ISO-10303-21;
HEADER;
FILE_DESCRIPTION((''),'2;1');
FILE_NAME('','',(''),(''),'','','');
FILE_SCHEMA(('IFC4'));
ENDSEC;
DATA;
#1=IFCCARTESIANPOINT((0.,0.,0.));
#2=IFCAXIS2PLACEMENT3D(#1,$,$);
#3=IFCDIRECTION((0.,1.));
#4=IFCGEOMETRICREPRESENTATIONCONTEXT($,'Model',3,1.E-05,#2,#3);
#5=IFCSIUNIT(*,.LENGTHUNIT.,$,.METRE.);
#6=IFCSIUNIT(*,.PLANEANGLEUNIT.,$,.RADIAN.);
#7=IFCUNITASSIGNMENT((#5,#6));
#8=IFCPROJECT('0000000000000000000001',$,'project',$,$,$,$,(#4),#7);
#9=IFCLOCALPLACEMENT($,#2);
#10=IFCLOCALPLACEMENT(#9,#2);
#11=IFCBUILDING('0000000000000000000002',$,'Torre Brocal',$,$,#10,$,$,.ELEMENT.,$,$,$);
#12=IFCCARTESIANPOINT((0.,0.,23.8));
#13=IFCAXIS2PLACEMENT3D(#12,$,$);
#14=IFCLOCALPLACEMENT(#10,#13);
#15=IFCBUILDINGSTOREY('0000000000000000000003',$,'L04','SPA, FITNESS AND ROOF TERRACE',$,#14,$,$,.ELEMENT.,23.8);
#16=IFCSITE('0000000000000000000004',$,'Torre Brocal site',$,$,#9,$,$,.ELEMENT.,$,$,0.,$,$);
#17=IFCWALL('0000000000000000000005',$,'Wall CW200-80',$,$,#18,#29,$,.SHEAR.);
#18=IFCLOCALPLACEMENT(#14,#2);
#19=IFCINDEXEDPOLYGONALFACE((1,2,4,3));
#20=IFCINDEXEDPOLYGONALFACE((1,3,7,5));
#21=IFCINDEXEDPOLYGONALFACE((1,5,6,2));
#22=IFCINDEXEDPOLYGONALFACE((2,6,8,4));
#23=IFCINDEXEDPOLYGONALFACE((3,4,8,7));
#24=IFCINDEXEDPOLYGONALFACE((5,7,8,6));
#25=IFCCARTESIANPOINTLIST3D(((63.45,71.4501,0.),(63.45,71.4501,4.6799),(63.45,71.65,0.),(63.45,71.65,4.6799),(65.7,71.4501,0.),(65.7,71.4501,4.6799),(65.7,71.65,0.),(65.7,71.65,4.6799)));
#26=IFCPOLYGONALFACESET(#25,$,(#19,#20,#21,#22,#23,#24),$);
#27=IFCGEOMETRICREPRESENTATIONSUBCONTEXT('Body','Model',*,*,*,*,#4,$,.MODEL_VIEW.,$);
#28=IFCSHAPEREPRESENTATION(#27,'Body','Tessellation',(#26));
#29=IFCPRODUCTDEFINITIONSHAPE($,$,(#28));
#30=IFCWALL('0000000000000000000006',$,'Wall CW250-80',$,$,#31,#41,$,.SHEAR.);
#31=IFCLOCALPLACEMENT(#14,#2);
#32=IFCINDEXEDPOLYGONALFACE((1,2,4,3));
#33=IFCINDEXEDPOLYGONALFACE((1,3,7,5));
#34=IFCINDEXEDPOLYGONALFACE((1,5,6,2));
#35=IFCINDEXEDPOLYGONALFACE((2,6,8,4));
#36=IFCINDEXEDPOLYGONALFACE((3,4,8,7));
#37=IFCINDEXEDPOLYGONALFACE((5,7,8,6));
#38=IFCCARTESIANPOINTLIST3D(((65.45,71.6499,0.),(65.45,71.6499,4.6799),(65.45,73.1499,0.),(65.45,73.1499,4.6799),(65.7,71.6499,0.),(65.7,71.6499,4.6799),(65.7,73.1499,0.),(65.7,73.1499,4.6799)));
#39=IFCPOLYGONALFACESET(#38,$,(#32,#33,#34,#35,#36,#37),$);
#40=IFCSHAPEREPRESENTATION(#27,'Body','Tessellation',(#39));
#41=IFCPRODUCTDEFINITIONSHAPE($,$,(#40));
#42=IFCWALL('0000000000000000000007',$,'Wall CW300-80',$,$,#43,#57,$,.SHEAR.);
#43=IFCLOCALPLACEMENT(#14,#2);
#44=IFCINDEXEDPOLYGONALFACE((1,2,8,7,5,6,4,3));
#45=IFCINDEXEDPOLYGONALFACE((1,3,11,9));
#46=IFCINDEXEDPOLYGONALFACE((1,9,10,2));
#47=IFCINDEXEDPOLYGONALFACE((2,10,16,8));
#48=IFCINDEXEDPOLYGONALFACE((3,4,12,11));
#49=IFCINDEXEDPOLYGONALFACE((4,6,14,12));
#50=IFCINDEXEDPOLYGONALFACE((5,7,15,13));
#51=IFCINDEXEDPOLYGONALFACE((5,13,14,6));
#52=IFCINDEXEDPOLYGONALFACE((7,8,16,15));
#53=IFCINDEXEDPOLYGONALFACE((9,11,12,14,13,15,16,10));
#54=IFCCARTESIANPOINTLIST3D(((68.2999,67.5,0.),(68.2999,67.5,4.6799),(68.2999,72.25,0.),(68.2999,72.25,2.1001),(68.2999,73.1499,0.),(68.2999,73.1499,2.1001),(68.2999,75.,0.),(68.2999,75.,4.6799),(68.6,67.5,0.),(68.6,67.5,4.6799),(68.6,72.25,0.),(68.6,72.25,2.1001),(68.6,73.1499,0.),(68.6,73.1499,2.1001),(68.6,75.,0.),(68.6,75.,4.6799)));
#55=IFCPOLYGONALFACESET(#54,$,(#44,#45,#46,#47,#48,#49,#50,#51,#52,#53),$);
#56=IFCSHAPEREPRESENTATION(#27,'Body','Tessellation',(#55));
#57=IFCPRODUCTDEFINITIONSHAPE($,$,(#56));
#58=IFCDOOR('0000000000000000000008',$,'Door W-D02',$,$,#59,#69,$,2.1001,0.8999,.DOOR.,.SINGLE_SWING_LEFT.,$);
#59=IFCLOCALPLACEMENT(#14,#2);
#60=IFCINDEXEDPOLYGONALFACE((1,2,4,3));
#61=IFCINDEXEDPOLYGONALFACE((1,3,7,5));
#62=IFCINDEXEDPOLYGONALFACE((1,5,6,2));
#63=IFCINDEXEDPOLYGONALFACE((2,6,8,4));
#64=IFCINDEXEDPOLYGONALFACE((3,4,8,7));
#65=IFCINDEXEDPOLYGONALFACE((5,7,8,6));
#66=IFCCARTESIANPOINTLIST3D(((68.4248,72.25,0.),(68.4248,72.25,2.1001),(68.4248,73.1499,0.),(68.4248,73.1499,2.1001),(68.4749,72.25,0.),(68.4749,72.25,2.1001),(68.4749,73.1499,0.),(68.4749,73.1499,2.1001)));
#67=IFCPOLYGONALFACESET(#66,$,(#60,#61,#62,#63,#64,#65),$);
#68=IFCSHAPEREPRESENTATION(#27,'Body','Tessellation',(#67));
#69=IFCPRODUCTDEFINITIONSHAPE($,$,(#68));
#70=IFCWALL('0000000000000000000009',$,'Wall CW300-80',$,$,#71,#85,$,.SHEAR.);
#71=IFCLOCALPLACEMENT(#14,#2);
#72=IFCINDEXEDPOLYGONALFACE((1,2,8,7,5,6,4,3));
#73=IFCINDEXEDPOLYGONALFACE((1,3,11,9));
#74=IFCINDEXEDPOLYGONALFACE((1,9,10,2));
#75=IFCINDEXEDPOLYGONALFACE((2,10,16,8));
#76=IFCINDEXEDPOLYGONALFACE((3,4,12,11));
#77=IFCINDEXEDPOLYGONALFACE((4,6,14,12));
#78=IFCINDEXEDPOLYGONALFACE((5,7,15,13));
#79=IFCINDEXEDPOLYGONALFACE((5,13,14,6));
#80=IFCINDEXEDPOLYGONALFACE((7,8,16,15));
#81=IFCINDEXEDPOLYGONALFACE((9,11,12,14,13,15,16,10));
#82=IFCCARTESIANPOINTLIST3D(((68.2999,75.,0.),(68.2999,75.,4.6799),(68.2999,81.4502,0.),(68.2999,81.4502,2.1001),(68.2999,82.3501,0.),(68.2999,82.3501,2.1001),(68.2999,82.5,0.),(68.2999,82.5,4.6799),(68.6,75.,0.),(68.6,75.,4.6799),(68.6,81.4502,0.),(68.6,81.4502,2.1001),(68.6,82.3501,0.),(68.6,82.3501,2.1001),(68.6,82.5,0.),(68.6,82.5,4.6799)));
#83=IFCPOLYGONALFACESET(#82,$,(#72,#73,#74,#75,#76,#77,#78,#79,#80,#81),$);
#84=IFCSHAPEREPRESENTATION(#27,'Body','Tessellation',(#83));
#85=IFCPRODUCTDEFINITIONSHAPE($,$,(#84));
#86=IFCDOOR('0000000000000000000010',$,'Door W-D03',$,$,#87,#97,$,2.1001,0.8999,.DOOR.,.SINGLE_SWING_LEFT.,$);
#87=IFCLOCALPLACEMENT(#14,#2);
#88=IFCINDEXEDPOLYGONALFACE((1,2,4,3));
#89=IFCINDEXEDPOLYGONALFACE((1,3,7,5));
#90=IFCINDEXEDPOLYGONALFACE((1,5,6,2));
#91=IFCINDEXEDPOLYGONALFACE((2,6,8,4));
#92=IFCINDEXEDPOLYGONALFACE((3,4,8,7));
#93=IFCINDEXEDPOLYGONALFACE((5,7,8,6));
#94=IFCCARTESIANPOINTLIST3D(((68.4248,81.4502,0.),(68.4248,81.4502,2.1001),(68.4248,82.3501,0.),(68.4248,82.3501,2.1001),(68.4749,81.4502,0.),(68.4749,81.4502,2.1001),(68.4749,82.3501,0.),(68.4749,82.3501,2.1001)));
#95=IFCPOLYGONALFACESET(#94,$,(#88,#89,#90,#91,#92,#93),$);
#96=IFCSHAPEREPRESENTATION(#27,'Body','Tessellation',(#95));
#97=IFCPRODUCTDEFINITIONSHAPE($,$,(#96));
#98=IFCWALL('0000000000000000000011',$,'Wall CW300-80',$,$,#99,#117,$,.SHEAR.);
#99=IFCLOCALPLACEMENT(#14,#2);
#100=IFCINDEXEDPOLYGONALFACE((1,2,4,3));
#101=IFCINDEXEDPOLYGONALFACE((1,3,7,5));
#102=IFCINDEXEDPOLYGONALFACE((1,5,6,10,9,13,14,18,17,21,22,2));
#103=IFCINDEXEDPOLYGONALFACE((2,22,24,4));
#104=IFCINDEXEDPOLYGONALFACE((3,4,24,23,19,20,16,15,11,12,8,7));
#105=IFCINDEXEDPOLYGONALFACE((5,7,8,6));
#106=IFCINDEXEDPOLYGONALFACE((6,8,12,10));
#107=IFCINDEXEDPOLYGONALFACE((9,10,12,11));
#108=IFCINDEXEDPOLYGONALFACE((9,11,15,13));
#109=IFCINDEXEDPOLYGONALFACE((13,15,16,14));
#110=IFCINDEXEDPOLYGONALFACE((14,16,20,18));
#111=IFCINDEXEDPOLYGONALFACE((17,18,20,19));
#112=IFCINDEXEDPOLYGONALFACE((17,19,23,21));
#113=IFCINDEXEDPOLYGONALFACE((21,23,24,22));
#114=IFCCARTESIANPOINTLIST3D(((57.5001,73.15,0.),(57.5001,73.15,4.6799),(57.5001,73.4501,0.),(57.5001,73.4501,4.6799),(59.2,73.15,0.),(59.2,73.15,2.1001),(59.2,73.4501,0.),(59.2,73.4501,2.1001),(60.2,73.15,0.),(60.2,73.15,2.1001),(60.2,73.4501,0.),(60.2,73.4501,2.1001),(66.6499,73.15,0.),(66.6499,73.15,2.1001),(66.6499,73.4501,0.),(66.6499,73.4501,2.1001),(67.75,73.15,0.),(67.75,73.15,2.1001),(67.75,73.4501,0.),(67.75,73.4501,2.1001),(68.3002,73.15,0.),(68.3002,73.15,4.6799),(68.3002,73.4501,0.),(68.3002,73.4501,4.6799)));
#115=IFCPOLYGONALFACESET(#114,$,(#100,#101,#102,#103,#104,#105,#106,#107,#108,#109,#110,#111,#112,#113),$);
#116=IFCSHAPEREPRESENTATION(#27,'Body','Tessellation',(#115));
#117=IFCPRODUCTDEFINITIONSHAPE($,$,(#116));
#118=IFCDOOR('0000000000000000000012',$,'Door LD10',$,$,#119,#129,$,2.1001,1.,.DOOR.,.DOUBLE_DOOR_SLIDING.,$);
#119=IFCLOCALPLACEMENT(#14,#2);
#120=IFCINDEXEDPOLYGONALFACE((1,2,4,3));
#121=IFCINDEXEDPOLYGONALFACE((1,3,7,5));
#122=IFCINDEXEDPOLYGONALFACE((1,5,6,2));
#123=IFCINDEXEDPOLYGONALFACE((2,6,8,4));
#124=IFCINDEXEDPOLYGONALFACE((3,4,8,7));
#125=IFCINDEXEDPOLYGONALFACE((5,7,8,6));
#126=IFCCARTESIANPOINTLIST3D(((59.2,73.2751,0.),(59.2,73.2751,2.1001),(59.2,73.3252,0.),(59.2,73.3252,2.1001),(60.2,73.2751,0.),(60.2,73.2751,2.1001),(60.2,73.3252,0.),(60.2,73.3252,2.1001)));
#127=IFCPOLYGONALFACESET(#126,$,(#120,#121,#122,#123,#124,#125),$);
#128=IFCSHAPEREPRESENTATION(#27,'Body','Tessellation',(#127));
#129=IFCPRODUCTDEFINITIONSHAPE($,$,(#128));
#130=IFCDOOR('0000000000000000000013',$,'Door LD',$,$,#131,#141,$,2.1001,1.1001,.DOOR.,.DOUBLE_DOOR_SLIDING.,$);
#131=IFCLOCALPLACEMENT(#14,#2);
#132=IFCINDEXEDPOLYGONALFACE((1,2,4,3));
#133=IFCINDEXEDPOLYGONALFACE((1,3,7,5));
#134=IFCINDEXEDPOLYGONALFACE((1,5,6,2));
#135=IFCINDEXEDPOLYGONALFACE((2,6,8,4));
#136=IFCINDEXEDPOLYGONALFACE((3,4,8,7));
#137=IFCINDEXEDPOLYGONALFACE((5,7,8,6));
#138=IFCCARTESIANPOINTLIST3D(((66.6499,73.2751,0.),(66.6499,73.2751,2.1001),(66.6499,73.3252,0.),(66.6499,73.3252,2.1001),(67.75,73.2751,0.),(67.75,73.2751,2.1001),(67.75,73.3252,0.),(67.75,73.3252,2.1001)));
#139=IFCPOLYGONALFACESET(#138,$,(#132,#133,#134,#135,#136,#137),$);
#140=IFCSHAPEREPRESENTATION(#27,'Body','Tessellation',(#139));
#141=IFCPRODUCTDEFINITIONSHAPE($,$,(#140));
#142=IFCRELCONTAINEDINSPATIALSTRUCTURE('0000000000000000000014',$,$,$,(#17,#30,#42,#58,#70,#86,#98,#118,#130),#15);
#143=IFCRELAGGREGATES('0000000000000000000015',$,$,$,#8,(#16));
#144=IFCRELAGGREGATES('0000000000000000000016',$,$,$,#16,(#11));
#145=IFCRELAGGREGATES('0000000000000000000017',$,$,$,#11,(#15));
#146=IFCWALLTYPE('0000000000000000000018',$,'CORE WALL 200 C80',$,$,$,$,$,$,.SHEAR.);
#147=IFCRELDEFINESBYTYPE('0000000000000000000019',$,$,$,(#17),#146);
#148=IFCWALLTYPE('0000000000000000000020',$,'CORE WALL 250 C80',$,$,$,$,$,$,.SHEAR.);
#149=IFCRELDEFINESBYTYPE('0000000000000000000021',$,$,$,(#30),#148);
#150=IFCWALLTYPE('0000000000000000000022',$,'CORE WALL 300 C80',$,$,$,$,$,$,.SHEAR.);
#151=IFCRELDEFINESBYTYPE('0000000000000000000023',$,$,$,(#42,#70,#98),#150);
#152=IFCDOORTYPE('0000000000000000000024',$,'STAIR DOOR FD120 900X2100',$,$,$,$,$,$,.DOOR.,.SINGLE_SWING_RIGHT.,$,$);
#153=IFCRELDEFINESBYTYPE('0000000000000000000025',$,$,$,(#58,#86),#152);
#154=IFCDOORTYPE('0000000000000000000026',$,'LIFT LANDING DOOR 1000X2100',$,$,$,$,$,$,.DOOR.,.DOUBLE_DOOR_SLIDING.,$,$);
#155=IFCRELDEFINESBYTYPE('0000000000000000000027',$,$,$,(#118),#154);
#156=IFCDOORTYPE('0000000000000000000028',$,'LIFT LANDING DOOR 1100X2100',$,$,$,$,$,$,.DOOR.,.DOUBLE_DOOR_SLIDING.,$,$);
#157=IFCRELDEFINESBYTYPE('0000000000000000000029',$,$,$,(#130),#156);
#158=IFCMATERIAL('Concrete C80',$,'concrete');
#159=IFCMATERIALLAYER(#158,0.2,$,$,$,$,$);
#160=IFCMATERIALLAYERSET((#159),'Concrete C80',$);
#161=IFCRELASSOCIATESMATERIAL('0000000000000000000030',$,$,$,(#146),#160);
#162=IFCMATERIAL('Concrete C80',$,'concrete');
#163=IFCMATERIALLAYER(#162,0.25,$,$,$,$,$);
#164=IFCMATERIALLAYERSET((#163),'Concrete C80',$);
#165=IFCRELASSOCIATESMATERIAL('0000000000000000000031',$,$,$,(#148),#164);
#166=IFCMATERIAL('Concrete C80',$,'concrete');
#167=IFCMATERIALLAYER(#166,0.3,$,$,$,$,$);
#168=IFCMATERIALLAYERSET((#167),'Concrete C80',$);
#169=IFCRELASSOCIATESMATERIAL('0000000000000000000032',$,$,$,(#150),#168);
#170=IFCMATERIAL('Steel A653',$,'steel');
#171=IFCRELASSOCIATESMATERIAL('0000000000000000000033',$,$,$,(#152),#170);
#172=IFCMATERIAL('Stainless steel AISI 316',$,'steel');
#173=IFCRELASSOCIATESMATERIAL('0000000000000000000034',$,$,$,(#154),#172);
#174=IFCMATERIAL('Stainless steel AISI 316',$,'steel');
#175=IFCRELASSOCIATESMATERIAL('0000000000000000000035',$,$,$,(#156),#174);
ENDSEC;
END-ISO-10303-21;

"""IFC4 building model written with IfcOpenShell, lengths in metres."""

from ifc_helpers import new_model, si_unit, direction, frame, frame_2d, origin, place, context, subcontext, project, spatial, rectangle, extrude, material, layer, layer_set, type_object, element, fill, save


model = new_model("IFC4")

# Units and contexts
model_context = context("Model", 3, precision=1e-05, world=origin(), true_north=direction((0.0, 1.0)))
body_context = subcontext(model_context, "Body", "Model", "MODEL_VIEW")
ifc_project = project(units=[si_unit("LENGTHUNIT", "METRE"), si_unit("PLANEANGLEUNIT", "RADIAN")], contexts=[model_context])

# Site, building, storey
site_placement = place(None, origin())
site = spatial("IfcSite", under=ifc_project, at=site_placement, Name="Torre Brocal site", CompositionType="ELEMENT", RefElevation=0.0)
building_placement = place(site_placement, origin())
building = spatial("IfcBuilding", under=site, at=building_placement, Name="Torre Brocal", CompositionType="ELEMENT")
storey_placement = place(building_placement, frame((0.0, 0.0, 23.8)))
storey = spatial("IfcBuildingStorey", under=building, at=storey_placement, Name="L04", Description="SPA, FITNESS AND ROOF TERRACE", CompositionType="ELEMENT", Elevation=23.8)

# Walls
ifc_material_1 = material(Name="Concrete C80", Category="concrete")
ifc_layer_1 = layer(ifc_material_1, 0.2)
ifc_layer_set_1 = layer_set([ifc_layer_1], Name="Concrete C80")
wall_type_1 = type_object("IfcWallType", Name="CORE WALL 200 C80", PredefinedType="SHEAR", material=ifc_layer_set_1)
wall_1_placement = place(storey_placement, frame((65.7, 71.55, 0.0), z_axis=(0.0, 0.0, 1.0), x_axis=(-1.0, 0.0, 0.0)))
element("IfcWall", 1, at=wall_1_placement, inside=storey, type_object=wall_type_1, Name="Wall CW200-80", PredefinedType="SHEAR", context=body_context, shape_type="SweptSolid", body=[
    extrude(rectangle(XDim=2.25, YDim=0.2, at=frame_2d((1.125, 0.0))), origin(), (0.0, 0.0, 1.0), 4.6799),
])
ifc_material_2 = material(Name="Concrete C80", Category="concrete")
ifc_layer_2 = layer(ifc_material_2, 0.25)
ifc_layer_set_2 = layer_set([ifc_layer_2], Name="Concrete C80")
wall_type_2 = type_object("IfcWallType", Name="CORE WALL 250 C80", PredefinedType="SHEAR", material=ifc_layer_set_2)
wall_2_placement = place(storey_placement, frame((65.575, 73.1499, 0.0), z_axis=(0.0, 0.0, 1.0), x_axis=(0.0, -1.0, 0.0)))
element("IfcWall", 2, at=wall_2_placement, inside=storey, type_object=wall_type_2, Name="Wall CW250-80", PredefinedType="SHEAR", context=body_context, shape_type="SweptSolid", body=[
    extrude(rectangle(XDim=1.5, YDim=0.25, at=frame_2d((0.75, 0.0))), origin(), (0.0, 0.0, 1.0), 4.6799),
])

# Walls, openings, doors
ifc_material_3 = material(Name="Concrete C80", Category="concrete")
ifc_layer_3 = layer(ifc_material_3, 0.3)
ifc_layer_set_3 = layer_set([ifc_layer_3], Name="Concrete C80")
wall_type_3 = type_object("IfcWallType", Name="CORE WALL 300 C80", PredefinedType="SHEAR", material=ifc_layer_set_3)
wall_3_placement = place(storey_placement, frame((68.45, 75.0, 0.0), z_axis=(0.0, 0.0, 1.0), x_axis=(0.0, -1.0, 0.0)))
wall_3 = element("IfcWall", 3, at=wall_3_placement, inside=storey, type_object=wall_type_3, Name="Wall CW300-80", PredefinedType="SHEAR", context=body_context, shape_type="SweptSolid", body=[
    extrude(rectangle(XDim=7.5, YDim=0.3, at=frame_2d((3.75, 0.0))), origin(), (0.0, 0.0, 1.0), 4.6799),
])
opening_1_placement = place(wall_3_placement, frame((1.8501, 0.0, 0.0)))
opening_1 = element("IfcOpeningElement", 4, at=opening_1_placement, cuts=wall_3, PredefinedType="OPENING", context=body_context, shape_type="SweptSolid", body=[
    extrude(rectangle(XDim=0.8999, YDim=2.1001, at=frame_2d((0.45, 1.05))), frame((0.0, 0.1599, 0.0), z_axis=(0.0, -1.0, 0.0), x_axis=(1.0, 0.0, 0.0)), (0.0, 0.0, 1.0), 0.3201),
])
ifc_material_4 = material(Name="Steel A653", Category="steel")
door_type_1 = type_object("IfcDoorType", Name="STAIR DOOR FD120 900X2100", OperationType="SINGLE_SWING_RIGHT", PredefinedType="DOOR", material=ifc_material_4)
door_1_placement = place(opening_1_placement, origin())
door_1 = element("IfcDoor", 5, at=door_1_placement, inside=storey, type_object=door_type_1, Name="Door W-D02", OperationType="SINGLE_SWING_LEFT", OverallHeight=2.1001, OverallWidth=0.8999, PredefinedType="DOOR", context=body_context, shape_type="SweptSolid", body=[
    extrude(rectangle(XDim=0.8999, YDim=2.1001, at=frame_2d((0.45, 1.05))), frame((0.0, 0.0249, 0.0), z_axis=(0.0, -1.0, 0.0), x_axis=(1.0, 0.0, 0.0)), (0.0, 0.0, 1.0), 0.05),
])
fill(opening_1, door_1)
wall_4_placement = place(storey_placement, frame((68.45, 82.5, 0.0), z_axis=(0.0, 0.0, 1.0), x_axis=(0.0, -1.0, 0.0)))
wall_4 = element("IfcWall", 6, at=wall_4_placement, inside=storey, type_object=wall_type_3, Name="Wall CW300-80", PredefinedType="SHEAR", context=body_context, shape_type="SweptSolid", body=[
    extrude(rectangle(XDim=7.5, YDim=0.3, at=frame_2d((3.75, 0.0))), origin(), (0.0, 0.0, 1.0), 4.6799),
])
opening_2_placement = place(wall_4_placement, frame((0.1499, 0.0, 0.0)))
opening_2 = element("IfcOpeningElement", 7, at=opening_2_placement, cuts=wall_4, PredefinedType="OPENING", context=body_context, shape_type="SweptSolid", body=[
    extrude(rectangle(XDim=0.8999, YDim=2.1001, at=frame_2d((0.45, 1.05))), frame((0.0, 0.1599, 0.0), z_axis=(0.0, -1.0, 0.0), x_axis=(1.0, 0.0, 0.0)), (0.0, 0.0, 1.0), 0.3201),
])
door_2_placement = place(opening_2_placement, origin())
door_2 = element("IfcDoor", 8, at=door_2_placement, inside=storey, type_object=door_type_1, Name="Door W-D03", OperationType="SINGLE_SWING_LEFT", OverallHeight=2.1001, OverallWidth=0.8999, PredefinedType="DOOR", context=body_context, shape_type="SweptSolid", body=[
    extrude(rectangle(XDim=0.8999, YDim=2.1001, at=frame_2d((0.45, 1.05))), frame((0.0, 0.0249, 0.0), z_axis=(0.0, -1.0, 0.0), x_axis=(1.0, 0.0, 0.0)), (0.0, 0.0, 1.0), 0.05),
])
fill(opening_2, door_2)

# Wall, openings, doors
wall_5_placement = place(storey_placement, frame((68.3, 73.3, 0.0), z_axis=(0.0, 0.0, 1.0), x_axis=(-1.0, 0.0, 0.0)))
wall_5 = element("IfcWall", 9, at=wall_5_placement, inside=storey, type_object=wall_type_3, Name="Wall CW300-80", PredefinedType="SHEAR", context=body_context, shape_type="SweptSolid", body=[
    extrude(rectangle(XDim=10.8, YDim=0.3, at=frame_2d((5.3999, 0.0))), origin(), (0.0, 0.0, 1.0), 4.6799),
])
opening_3_placement = place(wall_5_placement, frame((0.55, 0.0, 0.0)))
opening_3 = element("IfcOpeningElement", 10, at=opening_3_placement, cuts=wall_5, PredefinedType="OPENING", context=body_context, shape_type="SweptSolid", body=[
    extrude(rectangle(XDim=1.1001, YDim=2.1001, at=frame_2d((0.55, 1.05))), frame((0.0, 0.1599, 0.0), z_axis=(0.0, -1.0, 0.0), x_axis=(1.0, 0.0, 0.0)), (0.0, 0.0, 1.0), 0.3201),
])
opening_4_placement = place(wall_5_placement, frame((8.1001, 0.0, 0.0)))
opening_4 = element("IfcOpeningElement", 11, at=opening_4_placement, cuts=wall_5, PredefinedType="OPENING", context=body_context, shape_type="SweptSolid", body=[
    extrude(rectangle(XDim=1.0, YDim=2.1001, at=frame_2d((0.5, 1.05))), frame((0.0, 0.1599, 0.0), z_axis=(0.0, -1.0, 0.0), x_axis=(1.0, 0.0, 0.0)), (0.0, 0.0, 1.0), 0.3201),
])
ifc_material_5 = material(Name="Stainless steel AISI 316", Category="steel")
door_type_2 = type_object("IfcDoorType", Name="LIFT LANDING DOOR 1000X2100", OperationType="DOUBLE_DOOR_SLIDING", PredefinedType="DOOR", material=ifc_material_5)
door_3_placement = place(opening_4_placement, origin())
door_3 = element("IfcDoor", 12, at=door_3_placement, inside=storey, type_object=door_type_2, Name="Door LD10", OperationType="DOUBLE_DOOR_SLIDING", OverallHeight=2.1001, OverallWidth=1.0, PredefinedType="DOOR", context=body_context, shape_type="SweptSolid", body=[
    extrude(rectangle(XDim=1.0, YDim=2.1001, at=frame_2d((0.5, 1.05))), frame((0.0, 0.0249, 0.0), z_axis=(0.0, -1.0, 0.0), x_axis=(1.0, 0.0, 0.0)), (0.0, 0.0, 1.0), 0.05),
])
fill(opening_4, door_3)
ifc_material_6 = material(Name="Stainless steel AISI 316", Category="steel")
door_type_3 = type_object("IfcDoorType", Name="LIFT LANDING DOOR 1100X2100", OperationType="DOUBLE_DOOR_SLIDING", PredefinedType="DOOR", material=ifc_material_6)
door_4_placement = place(opening_3_placement, origin())
door_4 = element("IfcDoor", 13, at=door_4_placement, inside=storey, type_object=door_type_3, Name="Door LD", OperationType="DOUBLE_DOOR_SLIDING", OverallHeight=2.1001, OverallWidth=1.1001, PredefinedType="DOOR", context=body_context, shape_type="SweptSolid", body=[
    extrude(rectangle(XDim=1.1001, YDim=2.1001, at=frame_2d((0.55, 1.05))), frame((0.0, 0.0249, 0.0), z_axis=(0.0, -1.0, 0.0), x_axis=(1.0, 0.0, 0.0)), (0.0, 0.0, 1.0), 0.05),
])
fill(opening_3, door_4)

save(model, "model.ifc")
